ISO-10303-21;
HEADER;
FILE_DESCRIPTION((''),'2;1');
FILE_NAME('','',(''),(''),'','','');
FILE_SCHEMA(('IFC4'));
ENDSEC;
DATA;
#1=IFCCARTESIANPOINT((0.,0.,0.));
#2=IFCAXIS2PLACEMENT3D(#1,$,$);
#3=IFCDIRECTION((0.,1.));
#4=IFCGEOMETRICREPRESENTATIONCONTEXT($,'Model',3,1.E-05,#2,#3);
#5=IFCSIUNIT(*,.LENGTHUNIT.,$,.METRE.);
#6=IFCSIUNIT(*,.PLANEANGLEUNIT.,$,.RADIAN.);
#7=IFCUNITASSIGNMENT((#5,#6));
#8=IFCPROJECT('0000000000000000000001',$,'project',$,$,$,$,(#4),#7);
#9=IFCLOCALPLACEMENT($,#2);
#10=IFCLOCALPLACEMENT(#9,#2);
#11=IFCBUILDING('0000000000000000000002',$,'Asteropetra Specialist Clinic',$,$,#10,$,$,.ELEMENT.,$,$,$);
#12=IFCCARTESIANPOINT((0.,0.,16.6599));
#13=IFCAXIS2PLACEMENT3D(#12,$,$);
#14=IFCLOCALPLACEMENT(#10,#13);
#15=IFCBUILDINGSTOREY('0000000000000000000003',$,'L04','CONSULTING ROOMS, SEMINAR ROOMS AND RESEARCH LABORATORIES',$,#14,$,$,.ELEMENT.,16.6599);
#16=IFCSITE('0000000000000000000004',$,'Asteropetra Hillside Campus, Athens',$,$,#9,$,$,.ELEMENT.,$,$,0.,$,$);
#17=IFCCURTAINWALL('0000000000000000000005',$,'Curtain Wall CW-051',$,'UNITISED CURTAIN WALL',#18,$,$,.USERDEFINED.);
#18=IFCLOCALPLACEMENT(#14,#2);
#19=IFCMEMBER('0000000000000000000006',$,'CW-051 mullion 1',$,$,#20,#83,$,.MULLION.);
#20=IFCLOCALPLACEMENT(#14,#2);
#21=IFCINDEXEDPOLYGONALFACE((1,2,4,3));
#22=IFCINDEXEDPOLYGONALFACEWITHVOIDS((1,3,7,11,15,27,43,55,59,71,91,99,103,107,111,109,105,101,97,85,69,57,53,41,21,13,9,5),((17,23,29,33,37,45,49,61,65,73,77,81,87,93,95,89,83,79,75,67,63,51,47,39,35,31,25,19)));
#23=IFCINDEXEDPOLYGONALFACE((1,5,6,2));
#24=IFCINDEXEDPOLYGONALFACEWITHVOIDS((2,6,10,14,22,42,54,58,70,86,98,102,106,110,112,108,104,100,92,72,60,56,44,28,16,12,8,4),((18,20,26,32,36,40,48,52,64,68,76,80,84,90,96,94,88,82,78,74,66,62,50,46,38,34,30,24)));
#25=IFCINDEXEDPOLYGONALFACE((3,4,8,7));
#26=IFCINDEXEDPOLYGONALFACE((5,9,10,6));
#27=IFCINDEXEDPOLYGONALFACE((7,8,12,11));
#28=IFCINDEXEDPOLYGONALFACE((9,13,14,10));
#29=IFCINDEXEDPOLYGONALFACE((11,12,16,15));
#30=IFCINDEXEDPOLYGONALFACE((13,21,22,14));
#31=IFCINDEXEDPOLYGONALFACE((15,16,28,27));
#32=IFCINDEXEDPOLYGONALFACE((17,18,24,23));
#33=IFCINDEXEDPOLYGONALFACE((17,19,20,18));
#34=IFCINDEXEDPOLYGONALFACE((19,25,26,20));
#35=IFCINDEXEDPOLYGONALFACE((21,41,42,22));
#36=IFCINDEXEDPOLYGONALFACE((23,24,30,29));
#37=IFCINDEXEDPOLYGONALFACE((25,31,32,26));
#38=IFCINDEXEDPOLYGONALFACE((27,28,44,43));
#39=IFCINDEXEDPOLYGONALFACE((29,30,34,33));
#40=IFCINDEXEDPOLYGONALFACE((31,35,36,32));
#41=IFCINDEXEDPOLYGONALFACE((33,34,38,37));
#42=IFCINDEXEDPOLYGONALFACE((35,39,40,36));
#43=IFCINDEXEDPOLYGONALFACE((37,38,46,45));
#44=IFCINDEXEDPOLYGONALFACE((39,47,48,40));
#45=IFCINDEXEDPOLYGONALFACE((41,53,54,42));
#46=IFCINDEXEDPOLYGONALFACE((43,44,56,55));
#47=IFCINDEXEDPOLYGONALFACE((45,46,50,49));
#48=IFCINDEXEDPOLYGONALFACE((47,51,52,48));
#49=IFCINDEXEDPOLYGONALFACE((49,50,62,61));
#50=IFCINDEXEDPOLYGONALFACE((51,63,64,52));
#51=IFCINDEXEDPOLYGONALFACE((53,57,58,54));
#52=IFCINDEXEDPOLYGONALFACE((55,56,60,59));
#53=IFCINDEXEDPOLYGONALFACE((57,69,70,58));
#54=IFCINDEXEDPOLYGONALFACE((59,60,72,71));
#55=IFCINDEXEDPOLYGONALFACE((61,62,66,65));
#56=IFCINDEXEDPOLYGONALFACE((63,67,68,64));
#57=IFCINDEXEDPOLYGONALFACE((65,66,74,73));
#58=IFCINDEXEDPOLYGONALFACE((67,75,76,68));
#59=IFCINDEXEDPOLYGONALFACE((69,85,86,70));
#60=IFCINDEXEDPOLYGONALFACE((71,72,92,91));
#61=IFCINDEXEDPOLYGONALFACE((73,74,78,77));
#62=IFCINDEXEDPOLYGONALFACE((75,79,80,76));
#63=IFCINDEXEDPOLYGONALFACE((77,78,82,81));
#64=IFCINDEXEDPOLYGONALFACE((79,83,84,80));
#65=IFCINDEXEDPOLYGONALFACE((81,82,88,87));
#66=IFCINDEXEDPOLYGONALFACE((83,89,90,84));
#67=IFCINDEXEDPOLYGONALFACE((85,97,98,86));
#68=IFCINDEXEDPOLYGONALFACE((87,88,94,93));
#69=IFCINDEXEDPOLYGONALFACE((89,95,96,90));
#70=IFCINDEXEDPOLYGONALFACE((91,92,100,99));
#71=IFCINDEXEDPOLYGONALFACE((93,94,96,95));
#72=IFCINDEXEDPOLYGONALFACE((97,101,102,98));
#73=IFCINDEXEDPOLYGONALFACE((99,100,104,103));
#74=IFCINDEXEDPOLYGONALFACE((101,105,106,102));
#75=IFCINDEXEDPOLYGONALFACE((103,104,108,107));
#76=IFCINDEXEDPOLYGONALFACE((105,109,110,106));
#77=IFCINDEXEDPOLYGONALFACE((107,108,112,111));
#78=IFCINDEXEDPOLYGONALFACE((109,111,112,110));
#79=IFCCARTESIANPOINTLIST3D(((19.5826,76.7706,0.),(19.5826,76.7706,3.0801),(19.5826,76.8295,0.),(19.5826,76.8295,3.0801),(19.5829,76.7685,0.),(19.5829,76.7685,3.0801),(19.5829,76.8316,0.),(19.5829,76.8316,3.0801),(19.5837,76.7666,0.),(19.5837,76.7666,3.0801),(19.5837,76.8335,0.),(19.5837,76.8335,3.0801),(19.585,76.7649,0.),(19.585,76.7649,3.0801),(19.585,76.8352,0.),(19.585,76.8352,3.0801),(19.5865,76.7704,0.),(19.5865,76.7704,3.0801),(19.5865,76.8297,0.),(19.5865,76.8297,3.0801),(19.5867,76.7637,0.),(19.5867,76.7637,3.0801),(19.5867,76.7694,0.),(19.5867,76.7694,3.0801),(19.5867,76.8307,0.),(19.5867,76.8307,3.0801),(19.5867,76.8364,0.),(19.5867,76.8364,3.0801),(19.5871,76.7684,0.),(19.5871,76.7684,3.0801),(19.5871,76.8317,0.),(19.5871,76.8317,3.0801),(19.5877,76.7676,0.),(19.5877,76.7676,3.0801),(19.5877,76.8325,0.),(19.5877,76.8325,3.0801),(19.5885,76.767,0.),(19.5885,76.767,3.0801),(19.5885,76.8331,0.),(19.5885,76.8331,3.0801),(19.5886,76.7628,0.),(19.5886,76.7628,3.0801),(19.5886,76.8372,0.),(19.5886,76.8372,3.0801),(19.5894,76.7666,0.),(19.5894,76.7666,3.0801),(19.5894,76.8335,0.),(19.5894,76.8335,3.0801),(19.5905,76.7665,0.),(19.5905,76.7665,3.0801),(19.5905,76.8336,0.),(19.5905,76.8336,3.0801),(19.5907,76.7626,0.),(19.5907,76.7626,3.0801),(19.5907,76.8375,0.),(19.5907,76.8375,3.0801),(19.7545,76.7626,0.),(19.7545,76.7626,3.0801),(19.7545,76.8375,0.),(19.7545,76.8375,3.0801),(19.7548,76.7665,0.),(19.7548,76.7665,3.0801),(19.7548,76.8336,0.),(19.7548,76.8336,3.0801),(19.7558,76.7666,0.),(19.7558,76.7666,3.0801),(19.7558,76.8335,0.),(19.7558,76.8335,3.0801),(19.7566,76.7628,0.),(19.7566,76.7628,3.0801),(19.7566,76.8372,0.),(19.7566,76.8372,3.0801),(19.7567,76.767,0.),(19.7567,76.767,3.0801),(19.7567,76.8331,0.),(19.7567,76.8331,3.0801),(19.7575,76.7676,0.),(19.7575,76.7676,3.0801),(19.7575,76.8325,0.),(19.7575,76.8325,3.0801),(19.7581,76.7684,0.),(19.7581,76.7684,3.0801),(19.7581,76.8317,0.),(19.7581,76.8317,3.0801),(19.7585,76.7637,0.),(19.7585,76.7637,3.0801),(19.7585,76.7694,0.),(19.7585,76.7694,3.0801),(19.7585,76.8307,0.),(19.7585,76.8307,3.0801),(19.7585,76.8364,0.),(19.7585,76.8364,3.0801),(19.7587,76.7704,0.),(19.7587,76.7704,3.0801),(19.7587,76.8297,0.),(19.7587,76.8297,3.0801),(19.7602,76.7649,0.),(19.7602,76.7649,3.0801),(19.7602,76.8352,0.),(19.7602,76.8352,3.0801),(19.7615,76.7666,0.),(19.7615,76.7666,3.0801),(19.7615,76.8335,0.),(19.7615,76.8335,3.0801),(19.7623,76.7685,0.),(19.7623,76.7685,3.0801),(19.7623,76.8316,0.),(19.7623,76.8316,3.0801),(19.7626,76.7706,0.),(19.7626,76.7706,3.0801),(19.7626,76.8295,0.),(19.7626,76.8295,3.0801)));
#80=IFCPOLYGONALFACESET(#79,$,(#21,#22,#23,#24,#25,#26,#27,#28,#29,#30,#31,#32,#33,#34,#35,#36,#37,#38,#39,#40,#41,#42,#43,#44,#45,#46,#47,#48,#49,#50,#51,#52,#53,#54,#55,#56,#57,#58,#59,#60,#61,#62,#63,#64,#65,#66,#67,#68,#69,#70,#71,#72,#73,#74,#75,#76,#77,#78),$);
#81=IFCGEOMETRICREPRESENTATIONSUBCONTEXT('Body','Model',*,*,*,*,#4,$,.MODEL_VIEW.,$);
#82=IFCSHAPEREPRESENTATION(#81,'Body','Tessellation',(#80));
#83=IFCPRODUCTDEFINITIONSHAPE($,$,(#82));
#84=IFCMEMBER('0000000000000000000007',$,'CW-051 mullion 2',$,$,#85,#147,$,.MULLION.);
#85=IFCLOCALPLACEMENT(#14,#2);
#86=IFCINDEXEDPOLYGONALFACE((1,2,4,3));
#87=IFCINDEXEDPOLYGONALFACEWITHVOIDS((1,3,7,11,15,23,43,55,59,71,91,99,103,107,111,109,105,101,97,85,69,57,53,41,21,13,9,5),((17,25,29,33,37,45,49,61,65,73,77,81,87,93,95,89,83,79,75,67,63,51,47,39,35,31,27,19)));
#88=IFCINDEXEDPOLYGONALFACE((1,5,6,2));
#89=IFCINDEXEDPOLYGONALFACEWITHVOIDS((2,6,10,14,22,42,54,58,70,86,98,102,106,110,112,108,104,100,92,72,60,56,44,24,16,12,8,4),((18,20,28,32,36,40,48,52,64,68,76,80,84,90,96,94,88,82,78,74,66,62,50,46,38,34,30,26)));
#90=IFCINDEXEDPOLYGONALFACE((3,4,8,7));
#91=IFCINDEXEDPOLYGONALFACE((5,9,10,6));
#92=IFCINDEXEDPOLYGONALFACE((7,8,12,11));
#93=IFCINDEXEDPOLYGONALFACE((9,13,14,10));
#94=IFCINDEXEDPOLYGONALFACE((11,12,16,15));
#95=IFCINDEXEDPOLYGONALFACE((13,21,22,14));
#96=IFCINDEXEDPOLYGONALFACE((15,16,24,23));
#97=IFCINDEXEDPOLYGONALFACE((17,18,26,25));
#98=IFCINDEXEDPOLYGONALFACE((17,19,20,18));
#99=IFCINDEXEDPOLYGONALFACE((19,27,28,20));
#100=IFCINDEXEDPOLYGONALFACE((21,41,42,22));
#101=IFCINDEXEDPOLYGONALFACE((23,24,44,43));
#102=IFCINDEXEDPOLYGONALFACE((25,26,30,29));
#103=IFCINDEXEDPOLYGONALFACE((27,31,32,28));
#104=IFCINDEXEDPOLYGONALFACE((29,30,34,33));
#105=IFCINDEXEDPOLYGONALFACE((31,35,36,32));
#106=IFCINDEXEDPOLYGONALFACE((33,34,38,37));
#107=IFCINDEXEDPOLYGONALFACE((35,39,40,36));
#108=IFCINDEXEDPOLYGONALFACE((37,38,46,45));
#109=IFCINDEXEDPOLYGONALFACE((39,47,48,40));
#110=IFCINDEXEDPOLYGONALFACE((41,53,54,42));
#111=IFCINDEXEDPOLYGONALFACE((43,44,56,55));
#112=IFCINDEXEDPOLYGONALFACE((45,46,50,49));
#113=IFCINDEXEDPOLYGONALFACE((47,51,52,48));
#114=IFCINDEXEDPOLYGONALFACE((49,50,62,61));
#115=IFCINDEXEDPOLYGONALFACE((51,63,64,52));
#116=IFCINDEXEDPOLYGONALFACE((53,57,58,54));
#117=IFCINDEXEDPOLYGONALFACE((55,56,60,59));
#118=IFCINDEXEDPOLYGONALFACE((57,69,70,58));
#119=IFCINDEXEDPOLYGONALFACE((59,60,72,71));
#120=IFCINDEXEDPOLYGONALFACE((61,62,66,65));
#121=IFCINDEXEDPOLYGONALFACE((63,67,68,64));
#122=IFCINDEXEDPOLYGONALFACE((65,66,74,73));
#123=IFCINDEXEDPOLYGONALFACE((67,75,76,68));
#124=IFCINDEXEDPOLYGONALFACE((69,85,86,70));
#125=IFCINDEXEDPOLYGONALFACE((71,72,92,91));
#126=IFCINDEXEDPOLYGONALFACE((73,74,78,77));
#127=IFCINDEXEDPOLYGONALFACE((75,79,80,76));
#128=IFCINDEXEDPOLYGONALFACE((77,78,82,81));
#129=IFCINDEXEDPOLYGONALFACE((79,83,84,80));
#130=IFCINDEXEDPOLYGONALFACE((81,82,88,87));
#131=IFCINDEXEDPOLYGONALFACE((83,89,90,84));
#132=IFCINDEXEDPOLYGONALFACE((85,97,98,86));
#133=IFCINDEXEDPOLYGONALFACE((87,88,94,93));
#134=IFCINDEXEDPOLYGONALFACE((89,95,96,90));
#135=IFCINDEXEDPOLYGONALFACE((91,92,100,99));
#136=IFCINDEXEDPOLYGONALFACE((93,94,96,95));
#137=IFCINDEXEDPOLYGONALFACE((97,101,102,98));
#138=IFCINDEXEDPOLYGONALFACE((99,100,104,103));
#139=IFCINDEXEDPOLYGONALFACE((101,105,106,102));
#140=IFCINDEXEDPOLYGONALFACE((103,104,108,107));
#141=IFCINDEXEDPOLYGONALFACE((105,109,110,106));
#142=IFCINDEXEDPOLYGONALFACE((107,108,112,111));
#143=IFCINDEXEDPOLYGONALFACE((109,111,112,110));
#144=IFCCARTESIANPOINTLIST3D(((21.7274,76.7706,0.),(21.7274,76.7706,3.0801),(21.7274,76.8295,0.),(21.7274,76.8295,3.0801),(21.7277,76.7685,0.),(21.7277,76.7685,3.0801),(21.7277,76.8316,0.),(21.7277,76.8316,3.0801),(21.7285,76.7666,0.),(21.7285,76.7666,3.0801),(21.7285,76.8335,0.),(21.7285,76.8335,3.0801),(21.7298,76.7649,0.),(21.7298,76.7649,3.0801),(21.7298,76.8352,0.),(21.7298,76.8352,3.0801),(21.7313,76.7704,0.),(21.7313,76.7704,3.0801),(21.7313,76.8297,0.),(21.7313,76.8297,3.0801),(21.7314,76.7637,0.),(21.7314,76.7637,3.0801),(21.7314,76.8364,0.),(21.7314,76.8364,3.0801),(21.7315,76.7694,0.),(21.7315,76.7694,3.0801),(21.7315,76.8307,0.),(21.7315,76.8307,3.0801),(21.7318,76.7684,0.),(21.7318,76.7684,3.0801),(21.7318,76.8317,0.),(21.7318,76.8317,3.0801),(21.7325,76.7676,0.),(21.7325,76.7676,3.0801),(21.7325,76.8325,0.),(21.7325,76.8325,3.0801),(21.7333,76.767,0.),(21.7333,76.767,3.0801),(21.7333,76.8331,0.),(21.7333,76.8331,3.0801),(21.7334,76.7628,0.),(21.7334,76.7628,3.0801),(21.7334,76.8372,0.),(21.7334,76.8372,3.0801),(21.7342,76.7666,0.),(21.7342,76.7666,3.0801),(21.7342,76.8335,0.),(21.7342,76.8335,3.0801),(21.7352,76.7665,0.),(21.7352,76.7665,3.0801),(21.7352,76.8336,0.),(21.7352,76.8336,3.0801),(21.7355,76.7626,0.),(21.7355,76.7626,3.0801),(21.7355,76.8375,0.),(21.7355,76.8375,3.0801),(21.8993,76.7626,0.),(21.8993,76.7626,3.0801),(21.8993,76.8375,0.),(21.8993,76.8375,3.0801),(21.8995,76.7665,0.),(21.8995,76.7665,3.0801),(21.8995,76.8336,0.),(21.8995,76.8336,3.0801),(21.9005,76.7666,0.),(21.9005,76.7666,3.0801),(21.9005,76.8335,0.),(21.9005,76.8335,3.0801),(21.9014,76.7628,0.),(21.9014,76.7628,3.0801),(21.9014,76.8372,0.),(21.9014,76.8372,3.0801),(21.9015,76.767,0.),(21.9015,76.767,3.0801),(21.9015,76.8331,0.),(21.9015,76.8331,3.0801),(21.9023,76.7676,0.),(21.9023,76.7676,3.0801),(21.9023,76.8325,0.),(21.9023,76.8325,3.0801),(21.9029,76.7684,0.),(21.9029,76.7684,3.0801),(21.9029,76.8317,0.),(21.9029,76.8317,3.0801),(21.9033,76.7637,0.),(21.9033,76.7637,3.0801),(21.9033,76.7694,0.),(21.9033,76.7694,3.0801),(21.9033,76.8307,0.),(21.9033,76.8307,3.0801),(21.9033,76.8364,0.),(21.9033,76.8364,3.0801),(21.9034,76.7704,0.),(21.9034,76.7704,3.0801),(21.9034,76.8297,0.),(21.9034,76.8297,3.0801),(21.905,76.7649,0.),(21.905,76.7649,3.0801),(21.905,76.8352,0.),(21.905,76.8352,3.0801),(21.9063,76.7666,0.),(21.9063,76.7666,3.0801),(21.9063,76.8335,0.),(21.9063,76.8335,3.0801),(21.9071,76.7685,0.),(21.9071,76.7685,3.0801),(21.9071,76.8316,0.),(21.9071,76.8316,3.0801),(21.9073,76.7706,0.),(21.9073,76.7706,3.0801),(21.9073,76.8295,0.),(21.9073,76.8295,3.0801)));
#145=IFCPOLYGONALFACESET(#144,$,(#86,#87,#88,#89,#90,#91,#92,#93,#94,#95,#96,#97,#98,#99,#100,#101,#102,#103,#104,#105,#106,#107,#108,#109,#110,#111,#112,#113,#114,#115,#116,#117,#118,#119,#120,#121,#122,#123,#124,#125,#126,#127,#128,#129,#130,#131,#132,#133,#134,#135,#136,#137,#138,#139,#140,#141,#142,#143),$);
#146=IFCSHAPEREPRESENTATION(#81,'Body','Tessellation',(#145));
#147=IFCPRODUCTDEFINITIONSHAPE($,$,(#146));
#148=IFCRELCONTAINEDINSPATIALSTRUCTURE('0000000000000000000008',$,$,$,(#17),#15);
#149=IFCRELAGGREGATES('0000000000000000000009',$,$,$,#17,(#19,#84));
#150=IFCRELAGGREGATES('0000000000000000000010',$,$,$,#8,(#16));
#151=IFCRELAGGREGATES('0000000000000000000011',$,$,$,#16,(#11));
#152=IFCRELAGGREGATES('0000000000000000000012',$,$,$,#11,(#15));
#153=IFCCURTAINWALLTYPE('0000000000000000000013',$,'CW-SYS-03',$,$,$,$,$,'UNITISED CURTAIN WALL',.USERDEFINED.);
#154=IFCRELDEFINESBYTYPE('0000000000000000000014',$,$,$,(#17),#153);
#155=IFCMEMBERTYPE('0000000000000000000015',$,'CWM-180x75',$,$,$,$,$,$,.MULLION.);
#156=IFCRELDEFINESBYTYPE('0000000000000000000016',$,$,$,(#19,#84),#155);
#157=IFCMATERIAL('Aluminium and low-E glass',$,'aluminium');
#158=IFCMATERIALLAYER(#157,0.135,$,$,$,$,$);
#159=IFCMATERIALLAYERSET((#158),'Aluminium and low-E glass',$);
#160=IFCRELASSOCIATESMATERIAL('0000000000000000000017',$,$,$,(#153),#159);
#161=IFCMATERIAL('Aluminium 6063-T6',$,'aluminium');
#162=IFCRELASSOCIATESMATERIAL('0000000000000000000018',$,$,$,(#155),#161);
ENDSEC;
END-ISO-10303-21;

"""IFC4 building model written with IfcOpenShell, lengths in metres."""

from ifc_helpers import new_model, si_unit, direction, frame, origin, origin_2d, place, context, subcontext, project, spatial, hollow_rectangle, extrude, material, layer, layer_set, material_profile, profile_set, type_object, element, aggregate, save


model = new_model("IFC4")

# Units and contexts
model_context = context("Model", 3, precision=1e-05, world=origin(), true_north=direction((0.0, 1.0)))
body_context = subcontext(model_context, "Body", "Model", "MODEL_VIEW")
ifc_project = project(units=[si_unit("LENGTHUNIT", "METRE"), si_unit("PLANEANGLEUNIT", "RADIAN")], contexts=[model_context])

# Site, building, storey
site_placement = place(None, origin())
site = spatial("IfcSite", under=ifc_project, at=site_placement, Name="Asteropetra Hillside Campus, Athens", CompositionType="ELEMENT", RefElevation=0.0)
building_placement = place(site_placement, origin())
building = spatial("IfcBuilding", under=site, at=building_placement, Name="Asteropetra Specialist Clinic", CompositionType="ELEMENT")
storey_placement = place(building_placement, frame((0.0, 0.0, 16.6599)))
storey = spatial("IfcBuildingStorey", under=building, at=storey_placement, Name="L04", Description="CONSULTING ROOMS, SEMINAR ROOMS AND RESEARCH LABORATORIES", CompositionType="ELEMENT", Elevation=16.6599)

# Curtain wall, members
ifc_material_1 = material(Name="Aluminium and low-E glass", Category="aluminium")
ifc_layer_1 = layer(ifc_material_1, 0.135)
ifc_layer_set_1 = layer_set([ifc_layer_1], Name="Aluminium and low-E glass")
curtain_wall_type_1 = type_object("IfcCurtainWallType", Name="CW-SYS-03", ElementType="UNITISED CURTAIN WALL", PredefinedType="USERDEFINED", material=ifc_layer_set_1)
curtain_wall_1_placement = place(storey_placement, origin())
curtain_wall_1 = element("IfcCurtainWall", 1, at=curtain_wall_1_placement, inside=storey, type_object=curtain_wall_type_1, Name="Curtain Wall CW-051", ObjectType="UNITISED CURTAIN WALL", PredefinedType="USERDEFINED")
ifc_material_2 = material(Name="Aluminium 6063-T6", Category="aluminium")
ifc_material_profile_1 = material_profile(ifc_material_2, hollow_rectangle(XDim=0.075, YDim=0.1799, WallThickness=0.0039, InnerFilletRadius=0.0039, OuterFilletRadius=0.0081, at=origin_2d()), Name="MUL 180x75x4.0")
ifc_profile_set_1 = profile_set([ifc_material_profile_1], Name="Aluminium 6063-T6")
member_type_1 = type_object("IfcMemberType", Name="CWM-180x75", PredefinedType="MULLION", material=ifc_profile_set_1)
member_1_placement = place(storey_placement, frame((19.6726, 76.8, 0.0), z_axis=(0.0, 0.0, 1.0), x_axis=(0.0, 1.0, 0.0)))
member_1 = element("IfcMember", 2, at=member_1_placement, type_object=member_type_1, Name="CW-051 mullion 1", PredefinedType="MULLION", context=body_context, shape_type="SweptSolid", body=[
    extrude(hollow_rectangle(XDim=0.075, YDim=0.1799, WallThickness=0.0039, InnerFilletRadius=0.0039, OuterFilletRadius=0.0081, at=origin_2d()), origin(), (0.0, 0.0, 1.0), 3.0801),
])
member_2_placement = place(storey_placement, frame((21.8174, 76.8, 0.0), z_axis=(0.0, 0.0, 1.0), x_axis=(0.0, 1.0, 0.0)))
member_2 = element("IfcMember", 3, at=member_2_placement, type_object=member_type_1, Name="CW-051 mullion 2", PredefinedType="MULLION", context=body_context, shape_type="SweptSolid", body=[
    extrude(hollow_rectangle(XDim=0.075, YDim=0.1799, WallThickness=0.0039, InnerFilletRadius=0.0039, OuterFilletRadius=0.0081, at=origin_2d()), origin(), (0.0, 0.0, 1.0), 3.0801),
])

aggregate(curtain_wall_1, [member_1, member_2])

save(model, "model.ifc")
